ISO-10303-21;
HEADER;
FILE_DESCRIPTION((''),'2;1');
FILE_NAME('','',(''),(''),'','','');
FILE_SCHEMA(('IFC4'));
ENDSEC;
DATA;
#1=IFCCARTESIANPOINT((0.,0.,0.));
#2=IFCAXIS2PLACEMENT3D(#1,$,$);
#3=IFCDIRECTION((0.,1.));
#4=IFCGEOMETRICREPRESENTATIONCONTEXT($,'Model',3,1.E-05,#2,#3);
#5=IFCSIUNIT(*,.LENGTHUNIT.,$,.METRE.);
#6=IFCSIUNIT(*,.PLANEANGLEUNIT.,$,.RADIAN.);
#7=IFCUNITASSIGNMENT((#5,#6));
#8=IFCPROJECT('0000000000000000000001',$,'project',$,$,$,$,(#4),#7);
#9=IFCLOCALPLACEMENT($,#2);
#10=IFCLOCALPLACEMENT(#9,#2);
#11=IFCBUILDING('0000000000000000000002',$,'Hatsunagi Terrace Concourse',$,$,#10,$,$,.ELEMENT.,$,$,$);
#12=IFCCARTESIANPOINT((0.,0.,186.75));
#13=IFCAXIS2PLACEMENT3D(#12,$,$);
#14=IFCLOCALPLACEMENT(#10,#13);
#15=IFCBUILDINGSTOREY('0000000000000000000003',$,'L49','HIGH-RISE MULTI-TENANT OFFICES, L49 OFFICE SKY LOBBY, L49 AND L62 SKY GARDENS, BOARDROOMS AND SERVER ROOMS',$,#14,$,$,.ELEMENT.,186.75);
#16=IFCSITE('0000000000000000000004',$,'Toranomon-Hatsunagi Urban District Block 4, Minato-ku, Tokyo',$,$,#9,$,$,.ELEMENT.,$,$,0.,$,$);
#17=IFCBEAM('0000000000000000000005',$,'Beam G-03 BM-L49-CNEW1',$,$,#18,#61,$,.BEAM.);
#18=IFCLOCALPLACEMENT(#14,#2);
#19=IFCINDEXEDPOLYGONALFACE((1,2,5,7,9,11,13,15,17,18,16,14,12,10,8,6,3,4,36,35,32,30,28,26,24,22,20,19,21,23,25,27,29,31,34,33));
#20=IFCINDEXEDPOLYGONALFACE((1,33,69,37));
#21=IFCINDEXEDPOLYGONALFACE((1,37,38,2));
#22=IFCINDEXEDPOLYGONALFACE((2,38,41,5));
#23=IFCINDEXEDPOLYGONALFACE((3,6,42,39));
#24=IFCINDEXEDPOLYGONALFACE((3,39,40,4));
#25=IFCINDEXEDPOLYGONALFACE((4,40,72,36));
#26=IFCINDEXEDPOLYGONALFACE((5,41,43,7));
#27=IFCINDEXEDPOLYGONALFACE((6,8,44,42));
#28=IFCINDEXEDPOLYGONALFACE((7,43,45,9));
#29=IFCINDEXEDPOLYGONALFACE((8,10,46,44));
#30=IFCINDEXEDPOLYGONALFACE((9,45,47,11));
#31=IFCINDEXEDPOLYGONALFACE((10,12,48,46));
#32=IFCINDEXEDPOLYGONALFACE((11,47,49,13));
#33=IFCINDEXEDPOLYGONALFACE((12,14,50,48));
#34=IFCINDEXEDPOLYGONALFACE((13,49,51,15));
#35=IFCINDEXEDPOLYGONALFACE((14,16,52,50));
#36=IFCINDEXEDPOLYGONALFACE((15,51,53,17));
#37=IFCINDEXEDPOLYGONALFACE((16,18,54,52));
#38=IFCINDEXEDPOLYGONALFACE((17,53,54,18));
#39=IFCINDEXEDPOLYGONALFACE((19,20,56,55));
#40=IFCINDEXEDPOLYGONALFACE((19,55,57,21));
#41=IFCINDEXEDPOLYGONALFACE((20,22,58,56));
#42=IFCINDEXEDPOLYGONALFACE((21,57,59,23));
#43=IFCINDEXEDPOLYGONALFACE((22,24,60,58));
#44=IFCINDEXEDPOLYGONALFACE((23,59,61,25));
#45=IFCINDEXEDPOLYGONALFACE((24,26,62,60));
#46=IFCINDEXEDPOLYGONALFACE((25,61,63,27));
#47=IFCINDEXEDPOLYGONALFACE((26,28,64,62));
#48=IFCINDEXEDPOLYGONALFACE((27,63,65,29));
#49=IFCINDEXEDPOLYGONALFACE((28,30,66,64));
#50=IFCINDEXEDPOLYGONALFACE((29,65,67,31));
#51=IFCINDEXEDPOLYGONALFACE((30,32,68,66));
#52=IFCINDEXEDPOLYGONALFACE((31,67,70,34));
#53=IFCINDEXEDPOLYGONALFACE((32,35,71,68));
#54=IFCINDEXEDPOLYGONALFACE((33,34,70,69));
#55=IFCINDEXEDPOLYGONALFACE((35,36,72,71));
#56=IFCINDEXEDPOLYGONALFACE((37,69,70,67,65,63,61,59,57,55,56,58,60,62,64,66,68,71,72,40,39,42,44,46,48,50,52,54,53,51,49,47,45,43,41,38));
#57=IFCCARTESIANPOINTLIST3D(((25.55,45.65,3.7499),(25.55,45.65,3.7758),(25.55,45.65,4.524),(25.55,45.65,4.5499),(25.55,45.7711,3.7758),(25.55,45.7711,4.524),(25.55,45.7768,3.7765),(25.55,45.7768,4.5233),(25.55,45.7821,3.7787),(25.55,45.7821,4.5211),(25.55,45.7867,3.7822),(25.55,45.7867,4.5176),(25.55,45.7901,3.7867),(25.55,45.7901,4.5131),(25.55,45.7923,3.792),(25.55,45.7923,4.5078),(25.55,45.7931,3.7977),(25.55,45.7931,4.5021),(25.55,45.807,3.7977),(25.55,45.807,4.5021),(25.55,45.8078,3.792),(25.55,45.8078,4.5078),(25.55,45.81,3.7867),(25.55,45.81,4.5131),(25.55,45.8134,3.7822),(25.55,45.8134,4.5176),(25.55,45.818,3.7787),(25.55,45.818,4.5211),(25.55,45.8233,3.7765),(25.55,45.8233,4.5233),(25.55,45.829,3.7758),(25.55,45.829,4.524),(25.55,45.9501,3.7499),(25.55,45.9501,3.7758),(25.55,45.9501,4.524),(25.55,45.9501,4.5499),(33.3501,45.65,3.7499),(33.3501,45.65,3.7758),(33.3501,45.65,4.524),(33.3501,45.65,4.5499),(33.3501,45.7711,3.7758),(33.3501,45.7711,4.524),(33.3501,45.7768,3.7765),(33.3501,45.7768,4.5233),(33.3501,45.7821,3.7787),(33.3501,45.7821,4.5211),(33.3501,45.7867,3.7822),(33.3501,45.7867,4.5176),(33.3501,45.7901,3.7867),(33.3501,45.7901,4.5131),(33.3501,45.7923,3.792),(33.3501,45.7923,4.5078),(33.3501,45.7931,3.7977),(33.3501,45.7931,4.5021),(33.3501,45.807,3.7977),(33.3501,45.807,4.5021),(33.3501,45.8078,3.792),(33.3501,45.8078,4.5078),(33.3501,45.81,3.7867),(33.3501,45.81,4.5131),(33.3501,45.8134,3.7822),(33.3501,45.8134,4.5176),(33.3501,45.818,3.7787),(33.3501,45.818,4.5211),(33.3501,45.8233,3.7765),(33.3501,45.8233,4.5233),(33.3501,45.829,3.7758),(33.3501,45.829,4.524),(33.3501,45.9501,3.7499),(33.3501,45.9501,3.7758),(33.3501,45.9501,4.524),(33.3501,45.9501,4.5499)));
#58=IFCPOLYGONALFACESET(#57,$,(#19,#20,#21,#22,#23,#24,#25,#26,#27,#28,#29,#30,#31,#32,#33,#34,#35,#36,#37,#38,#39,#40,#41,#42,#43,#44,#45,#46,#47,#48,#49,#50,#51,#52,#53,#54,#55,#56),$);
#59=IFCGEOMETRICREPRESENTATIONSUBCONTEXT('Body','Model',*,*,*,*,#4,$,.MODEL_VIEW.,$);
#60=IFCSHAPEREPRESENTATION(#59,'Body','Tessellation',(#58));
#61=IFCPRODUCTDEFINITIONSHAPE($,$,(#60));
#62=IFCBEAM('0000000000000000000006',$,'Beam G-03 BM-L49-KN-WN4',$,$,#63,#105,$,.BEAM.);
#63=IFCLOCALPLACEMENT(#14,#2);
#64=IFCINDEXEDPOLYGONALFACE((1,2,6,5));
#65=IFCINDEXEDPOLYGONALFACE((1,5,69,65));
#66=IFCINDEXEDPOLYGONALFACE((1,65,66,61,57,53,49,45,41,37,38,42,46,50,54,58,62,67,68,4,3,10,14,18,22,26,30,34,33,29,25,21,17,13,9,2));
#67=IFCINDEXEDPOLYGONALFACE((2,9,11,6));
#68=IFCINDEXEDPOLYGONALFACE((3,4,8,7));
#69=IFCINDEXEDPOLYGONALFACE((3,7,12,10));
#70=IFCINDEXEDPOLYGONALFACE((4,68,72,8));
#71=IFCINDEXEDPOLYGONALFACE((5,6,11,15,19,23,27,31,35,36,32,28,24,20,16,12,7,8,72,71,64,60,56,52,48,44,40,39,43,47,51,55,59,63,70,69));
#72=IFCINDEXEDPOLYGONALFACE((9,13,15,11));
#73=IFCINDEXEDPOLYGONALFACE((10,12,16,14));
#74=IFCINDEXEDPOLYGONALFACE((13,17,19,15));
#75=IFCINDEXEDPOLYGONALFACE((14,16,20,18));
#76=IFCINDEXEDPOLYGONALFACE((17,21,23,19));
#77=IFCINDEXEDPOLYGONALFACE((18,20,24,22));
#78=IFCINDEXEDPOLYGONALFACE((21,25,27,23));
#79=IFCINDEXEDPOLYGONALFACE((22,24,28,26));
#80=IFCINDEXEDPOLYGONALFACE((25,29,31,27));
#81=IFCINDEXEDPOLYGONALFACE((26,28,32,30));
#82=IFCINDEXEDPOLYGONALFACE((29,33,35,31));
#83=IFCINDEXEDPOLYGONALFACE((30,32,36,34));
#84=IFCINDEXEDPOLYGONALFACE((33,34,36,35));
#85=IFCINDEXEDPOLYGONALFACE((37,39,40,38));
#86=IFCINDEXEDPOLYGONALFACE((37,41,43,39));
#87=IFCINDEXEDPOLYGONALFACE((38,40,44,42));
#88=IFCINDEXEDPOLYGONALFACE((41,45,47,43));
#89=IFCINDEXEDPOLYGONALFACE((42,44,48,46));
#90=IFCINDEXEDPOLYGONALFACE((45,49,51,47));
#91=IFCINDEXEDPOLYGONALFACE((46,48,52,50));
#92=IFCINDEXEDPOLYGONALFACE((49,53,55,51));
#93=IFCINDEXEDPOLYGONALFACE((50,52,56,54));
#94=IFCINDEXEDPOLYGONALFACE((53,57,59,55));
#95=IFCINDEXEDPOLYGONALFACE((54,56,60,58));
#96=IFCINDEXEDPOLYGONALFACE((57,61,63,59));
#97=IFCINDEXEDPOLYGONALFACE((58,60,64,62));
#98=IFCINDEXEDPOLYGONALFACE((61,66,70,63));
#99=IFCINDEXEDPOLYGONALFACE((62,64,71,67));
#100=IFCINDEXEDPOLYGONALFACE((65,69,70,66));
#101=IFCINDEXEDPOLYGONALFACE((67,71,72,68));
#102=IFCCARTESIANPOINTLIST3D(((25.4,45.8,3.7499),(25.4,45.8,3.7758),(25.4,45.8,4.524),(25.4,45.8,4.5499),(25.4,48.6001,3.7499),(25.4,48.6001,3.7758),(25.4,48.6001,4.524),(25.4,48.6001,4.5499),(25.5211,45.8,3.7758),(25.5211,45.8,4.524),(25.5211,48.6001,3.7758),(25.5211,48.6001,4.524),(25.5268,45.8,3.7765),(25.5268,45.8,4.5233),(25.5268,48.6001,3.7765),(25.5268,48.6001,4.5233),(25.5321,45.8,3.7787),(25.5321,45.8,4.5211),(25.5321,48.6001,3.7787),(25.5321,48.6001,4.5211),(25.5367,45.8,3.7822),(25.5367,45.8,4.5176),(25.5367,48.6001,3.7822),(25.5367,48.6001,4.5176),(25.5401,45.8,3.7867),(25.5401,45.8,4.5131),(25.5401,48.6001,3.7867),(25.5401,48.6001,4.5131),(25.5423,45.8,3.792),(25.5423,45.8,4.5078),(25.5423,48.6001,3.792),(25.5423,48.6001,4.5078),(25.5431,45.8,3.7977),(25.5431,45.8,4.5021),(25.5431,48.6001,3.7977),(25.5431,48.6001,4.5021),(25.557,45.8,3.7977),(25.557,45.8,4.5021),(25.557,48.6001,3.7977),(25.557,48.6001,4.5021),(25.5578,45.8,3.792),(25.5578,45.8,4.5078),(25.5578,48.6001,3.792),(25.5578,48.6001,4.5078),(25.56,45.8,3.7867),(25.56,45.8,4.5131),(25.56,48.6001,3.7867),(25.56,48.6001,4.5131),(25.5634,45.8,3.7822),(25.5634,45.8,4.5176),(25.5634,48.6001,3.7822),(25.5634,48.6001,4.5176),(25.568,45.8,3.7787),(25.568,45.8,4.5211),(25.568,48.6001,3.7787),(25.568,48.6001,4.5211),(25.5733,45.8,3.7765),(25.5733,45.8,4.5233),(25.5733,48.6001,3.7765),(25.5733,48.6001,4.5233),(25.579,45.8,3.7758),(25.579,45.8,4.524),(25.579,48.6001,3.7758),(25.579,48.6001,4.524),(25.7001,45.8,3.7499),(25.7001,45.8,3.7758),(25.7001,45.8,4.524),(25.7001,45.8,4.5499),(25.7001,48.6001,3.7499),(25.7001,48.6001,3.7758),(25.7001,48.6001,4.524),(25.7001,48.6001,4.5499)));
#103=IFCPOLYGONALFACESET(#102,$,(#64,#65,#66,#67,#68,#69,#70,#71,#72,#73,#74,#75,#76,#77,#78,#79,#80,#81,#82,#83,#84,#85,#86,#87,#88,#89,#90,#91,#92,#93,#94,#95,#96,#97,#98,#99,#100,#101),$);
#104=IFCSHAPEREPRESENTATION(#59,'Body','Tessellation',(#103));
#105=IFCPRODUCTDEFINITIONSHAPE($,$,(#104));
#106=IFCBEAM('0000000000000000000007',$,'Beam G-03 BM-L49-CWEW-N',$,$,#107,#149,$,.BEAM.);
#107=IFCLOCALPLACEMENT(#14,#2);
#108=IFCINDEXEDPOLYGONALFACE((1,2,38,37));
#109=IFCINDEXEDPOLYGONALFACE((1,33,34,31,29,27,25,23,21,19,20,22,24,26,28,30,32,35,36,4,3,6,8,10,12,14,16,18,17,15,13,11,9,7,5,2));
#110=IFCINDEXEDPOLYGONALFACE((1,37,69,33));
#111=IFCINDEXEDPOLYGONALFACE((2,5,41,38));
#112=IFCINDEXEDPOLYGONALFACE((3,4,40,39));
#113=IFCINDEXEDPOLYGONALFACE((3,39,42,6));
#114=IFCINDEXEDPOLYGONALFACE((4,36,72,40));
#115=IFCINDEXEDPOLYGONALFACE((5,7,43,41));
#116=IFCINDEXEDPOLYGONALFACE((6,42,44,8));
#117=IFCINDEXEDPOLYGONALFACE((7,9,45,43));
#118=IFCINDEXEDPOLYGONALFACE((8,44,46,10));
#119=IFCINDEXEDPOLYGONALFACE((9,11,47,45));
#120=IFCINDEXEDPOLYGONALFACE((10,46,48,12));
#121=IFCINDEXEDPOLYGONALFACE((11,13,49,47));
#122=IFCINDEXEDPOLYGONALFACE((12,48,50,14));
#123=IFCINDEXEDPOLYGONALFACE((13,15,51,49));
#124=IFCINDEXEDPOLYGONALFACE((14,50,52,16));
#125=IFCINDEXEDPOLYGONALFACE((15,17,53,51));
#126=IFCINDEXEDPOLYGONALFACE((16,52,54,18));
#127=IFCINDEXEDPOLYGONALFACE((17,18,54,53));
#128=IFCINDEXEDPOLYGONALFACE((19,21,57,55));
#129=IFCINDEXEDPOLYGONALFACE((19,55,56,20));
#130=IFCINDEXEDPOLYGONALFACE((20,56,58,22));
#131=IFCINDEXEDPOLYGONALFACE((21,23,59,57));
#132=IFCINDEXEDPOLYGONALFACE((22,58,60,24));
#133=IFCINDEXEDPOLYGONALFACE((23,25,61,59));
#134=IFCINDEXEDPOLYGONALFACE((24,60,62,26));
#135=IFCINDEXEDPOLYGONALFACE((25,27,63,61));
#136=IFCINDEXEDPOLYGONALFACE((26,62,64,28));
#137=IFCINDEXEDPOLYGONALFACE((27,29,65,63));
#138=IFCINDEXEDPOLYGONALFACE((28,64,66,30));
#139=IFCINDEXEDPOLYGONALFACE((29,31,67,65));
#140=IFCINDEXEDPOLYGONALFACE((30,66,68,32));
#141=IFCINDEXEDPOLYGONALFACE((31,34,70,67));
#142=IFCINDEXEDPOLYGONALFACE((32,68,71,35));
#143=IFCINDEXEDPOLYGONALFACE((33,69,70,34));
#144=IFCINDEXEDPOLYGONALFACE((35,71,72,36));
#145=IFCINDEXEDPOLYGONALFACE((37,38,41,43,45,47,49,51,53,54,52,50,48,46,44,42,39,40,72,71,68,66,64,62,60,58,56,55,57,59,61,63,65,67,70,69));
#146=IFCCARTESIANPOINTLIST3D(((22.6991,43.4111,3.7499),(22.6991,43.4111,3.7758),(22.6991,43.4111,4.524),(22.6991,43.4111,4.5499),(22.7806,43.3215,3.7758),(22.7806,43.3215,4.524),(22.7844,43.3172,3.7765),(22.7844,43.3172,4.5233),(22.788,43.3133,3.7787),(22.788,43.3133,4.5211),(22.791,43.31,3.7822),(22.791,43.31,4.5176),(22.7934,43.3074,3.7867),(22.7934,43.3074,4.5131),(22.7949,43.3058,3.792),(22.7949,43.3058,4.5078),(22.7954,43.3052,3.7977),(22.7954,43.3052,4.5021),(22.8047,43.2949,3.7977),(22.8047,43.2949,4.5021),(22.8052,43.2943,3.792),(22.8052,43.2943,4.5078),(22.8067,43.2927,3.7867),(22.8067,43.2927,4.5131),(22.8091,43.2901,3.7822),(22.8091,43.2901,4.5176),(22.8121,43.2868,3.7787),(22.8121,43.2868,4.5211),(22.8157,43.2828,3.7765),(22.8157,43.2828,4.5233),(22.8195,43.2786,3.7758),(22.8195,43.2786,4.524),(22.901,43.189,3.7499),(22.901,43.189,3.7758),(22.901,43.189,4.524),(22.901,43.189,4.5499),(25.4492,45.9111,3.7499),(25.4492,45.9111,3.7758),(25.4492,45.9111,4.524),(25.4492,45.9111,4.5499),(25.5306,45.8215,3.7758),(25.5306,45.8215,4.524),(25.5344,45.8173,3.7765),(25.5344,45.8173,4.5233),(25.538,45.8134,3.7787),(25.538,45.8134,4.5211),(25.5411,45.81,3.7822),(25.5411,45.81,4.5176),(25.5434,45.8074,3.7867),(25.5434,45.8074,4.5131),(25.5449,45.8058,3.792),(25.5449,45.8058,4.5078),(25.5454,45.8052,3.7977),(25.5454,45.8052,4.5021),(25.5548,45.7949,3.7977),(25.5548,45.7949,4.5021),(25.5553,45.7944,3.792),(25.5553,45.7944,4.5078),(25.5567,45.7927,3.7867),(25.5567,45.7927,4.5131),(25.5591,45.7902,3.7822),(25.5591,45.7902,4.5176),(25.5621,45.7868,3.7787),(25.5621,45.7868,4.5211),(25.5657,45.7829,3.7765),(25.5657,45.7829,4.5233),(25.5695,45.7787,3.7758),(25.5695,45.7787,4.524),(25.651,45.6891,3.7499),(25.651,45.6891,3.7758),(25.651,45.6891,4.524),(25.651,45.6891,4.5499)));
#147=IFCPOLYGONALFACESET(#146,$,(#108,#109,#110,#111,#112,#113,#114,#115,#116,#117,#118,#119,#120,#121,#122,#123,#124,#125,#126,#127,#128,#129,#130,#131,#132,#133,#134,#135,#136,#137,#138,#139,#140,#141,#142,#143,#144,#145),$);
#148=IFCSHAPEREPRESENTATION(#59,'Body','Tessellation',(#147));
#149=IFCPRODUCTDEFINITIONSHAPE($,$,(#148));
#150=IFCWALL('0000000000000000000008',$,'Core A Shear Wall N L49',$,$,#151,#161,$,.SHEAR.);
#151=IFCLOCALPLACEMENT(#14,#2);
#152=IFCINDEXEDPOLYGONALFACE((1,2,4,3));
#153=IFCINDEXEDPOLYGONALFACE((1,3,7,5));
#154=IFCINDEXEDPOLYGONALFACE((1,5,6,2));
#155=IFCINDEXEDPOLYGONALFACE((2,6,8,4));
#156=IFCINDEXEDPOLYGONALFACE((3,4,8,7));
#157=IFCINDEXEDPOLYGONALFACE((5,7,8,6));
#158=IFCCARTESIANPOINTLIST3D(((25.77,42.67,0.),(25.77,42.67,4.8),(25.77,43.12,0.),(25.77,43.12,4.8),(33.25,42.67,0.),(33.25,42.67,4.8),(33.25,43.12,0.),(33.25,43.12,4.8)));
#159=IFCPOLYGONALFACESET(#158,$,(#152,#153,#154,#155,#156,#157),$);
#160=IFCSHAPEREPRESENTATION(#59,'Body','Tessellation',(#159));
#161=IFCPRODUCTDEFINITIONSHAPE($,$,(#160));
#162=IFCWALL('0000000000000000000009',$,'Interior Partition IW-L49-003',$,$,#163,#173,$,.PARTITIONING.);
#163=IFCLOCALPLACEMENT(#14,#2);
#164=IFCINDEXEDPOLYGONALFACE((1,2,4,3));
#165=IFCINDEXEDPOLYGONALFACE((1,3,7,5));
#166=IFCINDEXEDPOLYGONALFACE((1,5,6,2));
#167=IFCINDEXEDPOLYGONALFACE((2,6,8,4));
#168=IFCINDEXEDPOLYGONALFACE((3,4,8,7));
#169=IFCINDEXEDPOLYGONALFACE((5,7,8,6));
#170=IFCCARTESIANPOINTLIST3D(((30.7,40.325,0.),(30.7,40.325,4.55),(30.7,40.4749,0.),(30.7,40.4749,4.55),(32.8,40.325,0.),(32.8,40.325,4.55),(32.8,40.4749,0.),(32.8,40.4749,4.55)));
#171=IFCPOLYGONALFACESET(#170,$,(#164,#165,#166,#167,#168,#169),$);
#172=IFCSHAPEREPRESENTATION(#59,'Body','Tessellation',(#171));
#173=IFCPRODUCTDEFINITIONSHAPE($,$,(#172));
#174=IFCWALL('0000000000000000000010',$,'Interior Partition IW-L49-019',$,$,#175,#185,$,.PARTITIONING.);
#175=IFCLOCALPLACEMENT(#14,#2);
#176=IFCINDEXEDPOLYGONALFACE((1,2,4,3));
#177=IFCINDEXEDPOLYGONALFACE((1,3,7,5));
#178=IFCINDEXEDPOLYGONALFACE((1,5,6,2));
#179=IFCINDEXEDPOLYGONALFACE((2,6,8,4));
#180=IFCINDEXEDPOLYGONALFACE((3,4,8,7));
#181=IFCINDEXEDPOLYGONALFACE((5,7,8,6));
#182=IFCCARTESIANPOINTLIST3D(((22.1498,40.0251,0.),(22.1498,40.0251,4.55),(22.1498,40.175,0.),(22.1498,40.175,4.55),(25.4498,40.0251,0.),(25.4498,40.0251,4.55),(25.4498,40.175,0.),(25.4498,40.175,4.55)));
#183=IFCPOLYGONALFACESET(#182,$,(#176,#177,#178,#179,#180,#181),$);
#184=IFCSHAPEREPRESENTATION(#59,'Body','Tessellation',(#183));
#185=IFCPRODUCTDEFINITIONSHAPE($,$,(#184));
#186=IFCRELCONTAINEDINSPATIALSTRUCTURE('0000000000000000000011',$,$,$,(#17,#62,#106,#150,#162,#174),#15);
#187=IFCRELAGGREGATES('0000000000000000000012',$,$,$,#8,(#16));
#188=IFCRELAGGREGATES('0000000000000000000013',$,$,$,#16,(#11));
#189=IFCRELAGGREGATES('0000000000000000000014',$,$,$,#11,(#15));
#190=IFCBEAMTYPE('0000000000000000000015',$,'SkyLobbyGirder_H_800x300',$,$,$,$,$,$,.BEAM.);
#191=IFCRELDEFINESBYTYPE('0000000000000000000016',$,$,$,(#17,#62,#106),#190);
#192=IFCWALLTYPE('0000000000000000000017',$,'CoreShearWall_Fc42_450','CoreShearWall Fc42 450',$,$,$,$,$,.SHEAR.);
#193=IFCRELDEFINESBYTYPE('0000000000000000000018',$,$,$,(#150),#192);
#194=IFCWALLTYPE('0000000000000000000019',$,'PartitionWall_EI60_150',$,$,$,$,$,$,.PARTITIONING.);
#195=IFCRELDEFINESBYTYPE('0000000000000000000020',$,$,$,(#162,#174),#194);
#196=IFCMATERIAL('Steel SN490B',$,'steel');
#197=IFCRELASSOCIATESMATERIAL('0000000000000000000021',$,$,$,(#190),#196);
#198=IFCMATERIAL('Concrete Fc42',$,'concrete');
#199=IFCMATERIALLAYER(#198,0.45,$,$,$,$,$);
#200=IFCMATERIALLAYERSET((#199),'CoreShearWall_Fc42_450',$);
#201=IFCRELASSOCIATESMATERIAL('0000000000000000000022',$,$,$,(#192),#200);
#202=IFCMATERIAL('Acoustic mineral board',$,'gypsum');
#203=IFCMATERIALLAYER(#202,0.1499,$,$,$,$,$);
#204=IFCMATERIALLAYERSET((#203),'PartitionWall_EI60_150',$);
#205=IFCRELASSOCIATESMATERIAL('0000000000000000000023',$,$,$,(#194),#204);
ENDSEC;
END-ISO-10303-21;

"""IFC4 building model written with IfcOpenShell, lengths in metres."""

from ifc_helpers import new_model, si_unit, direction, frame, frame_2d, origin, origin_2d, place, context, subcontext, project, spatial, rectangle, i_section, extrude, material, layer, layer_set, material_profile, profile_set, type_object, element, save


model = new_model("IFC4")

# Units and contexts
model_context = context("Model", 3, precision=1e-05, world=origin(), true_north=direction((0.0, 1.0)))
body_context = subcontext(model_context, "Body", "Model", "MODEL_VIEW")
ifc_project = project(units=[si_unit("LENGTHUNIT", "METRE"), si_unit("PLANEANGLEUNIT", "RADIAN")], contexts=[model_context])

# Site, building, storey
site_placement = place(None, origin())
site = spatial("IfcSite", under=ifc_project, at=site_placement, Name="Toranomon-Hatsunagi Urban District Block 4, Minato-ku, Tokyo", CompositionType="ELEMENT", RefElevation=0.0)
building_placement = place(site_placement, origin())
building = spatial("IfcBuilding", under=site, at=building_placement, Name="Hatsunagi Terrace Concourse", CompositionType="ELEMENT")
storey_placement = place(building_placement, frame((0.0, 0.0, 186.75)))
storey = spatial("IfcBuildingStorey", under=building, at=storey_placement, Name="L49", Description="HIGH-RISE MULTI-TENANT OFFICES, L49 OFFICE SKY LOBBY, L49 AND L62 SKY GARDENS, BOARDROOMS AND SERVER ROOMS", CompositionType="ELEMENT", Elevation=186.75)

# Beams
ifc_material_1 = material(Name="Steel SN490B", Category="steel")
ifc_material_profile_1 = material_profile(ifc_material_1, i_section(OverallWidth=0.3, OverallDepth=0.8, WebThickness=0.0139, FlangeThickness=0.0259, FilletRadius=0.022, at=origin_2d()), Name="H-800x300x14x26")
ifc_profile_set_1 = profile_set([ifc_material_profile_1], Name="Steel SN490B")
beam_type_1 = type_object("IfcBeamType", Name="SkyLobbyGirder_H_800x300", PredefinedType="BEAM", material=ifc_profile_set_1)
beam_1_placement = place(storey_placement, frame((25.55, 45.8, 4.1499), z_axis=(1.0, 0.0, 0.0), x_axis=(0.0, 1.0, 0.0)))
element("IfcBeam", 1, at=beam_1_placement, inside=storey, type_object=beam_type_1, Name="Beam G-03 BM-L49-CNEW1", PredefinedType="BEAM", context=body_context, shape_type="SweptSolid", body=[
    extrude(i_section(OverallWidth=0.3, OverallDepth=0.8, WebThickness=0.0139, FlangeThickness=0.0259, FilletRadius=0.022, at=origin_2d()), origin(), (0.0, 0.0, 1.0), 7.8),
])
beam_2_placement = place(storey_placement, frame((25.55, 45.8, 4.1499), z_axis=(0.0, 1.0, 0.0), x_axis=(-1.0, 0.0, 0.0)))
element("IfcBeam", 2, at=beam_2_placement, inside=storey, type_object=beam_type_1, Name="Beam G-03 BM-L49-KN-WN4", PredefinedType="BEAM", context=body_context, shape_type="SweptSolid", body=[
    extrude(i_section(OverallWidth=0.3, OverallDepth=0.8, WebThickness=0.0139, FlangeThickness=0.0259, FilletRadius=0.022, at=origin_2d()), origin(), (0.0, 0.0, 1.0), 2.8),
])
beam_3_placement = place(storey_placement, frame((22.8, 43.3, 4.1499), z_axis=(0.73994, 0.672673, 0.0), x_axis=(-0.672673, 0.73994, 0.0)))
element("IfcBeam", 3, at=beam_3_placement, inside=storey, type_object=beam_type_1, Name="Beam G-03 BM-L49-CWEW-N", PredefinedType="BEAM", context=body_context, shape_type="SweptSolid", body=[
    extrude(i_section(OverallWidth=0.3, OverallDepth=0.8, WebThickness=0.0139, FlangeThickness=0.0259, FilletRadius=0.022, at=origin_2d()), origin(), (0.0, 0.0, 1.0), 3.7166),
])

# Walls
ifc_material_2 = material(Name="Concrete Fc42", Category="concrete")
ifc_layer_1 = layer(ifc_material_2, 0.45)
ifc_layer_set_1 = layer_set([ifc_layer_1], Name="CoreShearWall_Fc42_450")
wall_type_1 = type_object("IfcWallType", Name="CoreShearWall_Fc42_450", Description="CoreShearWall Fc42 450", PredefinedType="SHEAR", material=ifc_layer_set_1)
wall_1_placement = place(storey_placement, frame((25.77, 42.895, 0.0), z_axis=(0.0, 0.0, 1.0), x_axis=(1.0, 0.0, 0.0)))
element("IfcWall", 4, at=wall_1_placement, inside=storey, type_object=wall_type_1, Name="Core A Shear Wall N L49", PredefinedType="SHEAR", context=body_context, shape_type="SweptSolid", body=[
    extrude(rectangle(XDim=7.48, YDim=0.45, at=frame_2d((3.74, 0.0))), origin(), (0.0, 0.0, 1.0), 4.8),
])
ifc_material_3 = material(Name="Acoustic mineral board", Category="gypsum")
ifc_layer_2 = layer(ifc_material_3, 0.1499)
ifc_layer_set_2 = layer_set([ifc_layer_2], Name="PartitionWall_EI60_150")
wall_type_2 = type_object("IfcWallType", Name="PartitionWall_EI60_150", PredefinedType="PARTITIONING", material=ifc_layer_set_2)
wall_2_placement = place(storey_placement, frame((30.7, 40.3999, 0.0), z_axis=(0.0, 0.0, 1.0), x_axis=(1.0, 0.0, 0.0)))
element("IfcWall", 5, at=wall_2_placement, inside=storey, type_object=wall_type_2, Name="Interior Partition IW-L49-003", PredefinedType="PARTITIONING", context=body_context, shape_type="SweptSolid", body=[
    extrude(rectangle(XDim=2.1001, YDim=0.1499, at=frame_2d((1.05, 0.0))), origin(), (0.0, 0.0, 1.0), 4.55),
])
wall_3_placement = place(storey_placement, frame((22.1499, 40.1001, 0.0), z_axis=(0.0, 0.0, 1.0), x_axis=(1.0, 0.0, 0.0)))
element("IfcWall", 6, at=wall_3_placement, inside=storey, type_object=wall_type_2, Name="Interior Partition IW-L49-019", PredefinedType="PARTITIONING", context=body_context, shape_type="SweptSolid", body=[
    extrude(rectangle(XDim=3.3, YDim=0.1499, at=frame_2d((1.6499, 0.0))), origin(), (0.0, 0.0, 1.0), 4.55),
])

save(model, "model.ifc")
